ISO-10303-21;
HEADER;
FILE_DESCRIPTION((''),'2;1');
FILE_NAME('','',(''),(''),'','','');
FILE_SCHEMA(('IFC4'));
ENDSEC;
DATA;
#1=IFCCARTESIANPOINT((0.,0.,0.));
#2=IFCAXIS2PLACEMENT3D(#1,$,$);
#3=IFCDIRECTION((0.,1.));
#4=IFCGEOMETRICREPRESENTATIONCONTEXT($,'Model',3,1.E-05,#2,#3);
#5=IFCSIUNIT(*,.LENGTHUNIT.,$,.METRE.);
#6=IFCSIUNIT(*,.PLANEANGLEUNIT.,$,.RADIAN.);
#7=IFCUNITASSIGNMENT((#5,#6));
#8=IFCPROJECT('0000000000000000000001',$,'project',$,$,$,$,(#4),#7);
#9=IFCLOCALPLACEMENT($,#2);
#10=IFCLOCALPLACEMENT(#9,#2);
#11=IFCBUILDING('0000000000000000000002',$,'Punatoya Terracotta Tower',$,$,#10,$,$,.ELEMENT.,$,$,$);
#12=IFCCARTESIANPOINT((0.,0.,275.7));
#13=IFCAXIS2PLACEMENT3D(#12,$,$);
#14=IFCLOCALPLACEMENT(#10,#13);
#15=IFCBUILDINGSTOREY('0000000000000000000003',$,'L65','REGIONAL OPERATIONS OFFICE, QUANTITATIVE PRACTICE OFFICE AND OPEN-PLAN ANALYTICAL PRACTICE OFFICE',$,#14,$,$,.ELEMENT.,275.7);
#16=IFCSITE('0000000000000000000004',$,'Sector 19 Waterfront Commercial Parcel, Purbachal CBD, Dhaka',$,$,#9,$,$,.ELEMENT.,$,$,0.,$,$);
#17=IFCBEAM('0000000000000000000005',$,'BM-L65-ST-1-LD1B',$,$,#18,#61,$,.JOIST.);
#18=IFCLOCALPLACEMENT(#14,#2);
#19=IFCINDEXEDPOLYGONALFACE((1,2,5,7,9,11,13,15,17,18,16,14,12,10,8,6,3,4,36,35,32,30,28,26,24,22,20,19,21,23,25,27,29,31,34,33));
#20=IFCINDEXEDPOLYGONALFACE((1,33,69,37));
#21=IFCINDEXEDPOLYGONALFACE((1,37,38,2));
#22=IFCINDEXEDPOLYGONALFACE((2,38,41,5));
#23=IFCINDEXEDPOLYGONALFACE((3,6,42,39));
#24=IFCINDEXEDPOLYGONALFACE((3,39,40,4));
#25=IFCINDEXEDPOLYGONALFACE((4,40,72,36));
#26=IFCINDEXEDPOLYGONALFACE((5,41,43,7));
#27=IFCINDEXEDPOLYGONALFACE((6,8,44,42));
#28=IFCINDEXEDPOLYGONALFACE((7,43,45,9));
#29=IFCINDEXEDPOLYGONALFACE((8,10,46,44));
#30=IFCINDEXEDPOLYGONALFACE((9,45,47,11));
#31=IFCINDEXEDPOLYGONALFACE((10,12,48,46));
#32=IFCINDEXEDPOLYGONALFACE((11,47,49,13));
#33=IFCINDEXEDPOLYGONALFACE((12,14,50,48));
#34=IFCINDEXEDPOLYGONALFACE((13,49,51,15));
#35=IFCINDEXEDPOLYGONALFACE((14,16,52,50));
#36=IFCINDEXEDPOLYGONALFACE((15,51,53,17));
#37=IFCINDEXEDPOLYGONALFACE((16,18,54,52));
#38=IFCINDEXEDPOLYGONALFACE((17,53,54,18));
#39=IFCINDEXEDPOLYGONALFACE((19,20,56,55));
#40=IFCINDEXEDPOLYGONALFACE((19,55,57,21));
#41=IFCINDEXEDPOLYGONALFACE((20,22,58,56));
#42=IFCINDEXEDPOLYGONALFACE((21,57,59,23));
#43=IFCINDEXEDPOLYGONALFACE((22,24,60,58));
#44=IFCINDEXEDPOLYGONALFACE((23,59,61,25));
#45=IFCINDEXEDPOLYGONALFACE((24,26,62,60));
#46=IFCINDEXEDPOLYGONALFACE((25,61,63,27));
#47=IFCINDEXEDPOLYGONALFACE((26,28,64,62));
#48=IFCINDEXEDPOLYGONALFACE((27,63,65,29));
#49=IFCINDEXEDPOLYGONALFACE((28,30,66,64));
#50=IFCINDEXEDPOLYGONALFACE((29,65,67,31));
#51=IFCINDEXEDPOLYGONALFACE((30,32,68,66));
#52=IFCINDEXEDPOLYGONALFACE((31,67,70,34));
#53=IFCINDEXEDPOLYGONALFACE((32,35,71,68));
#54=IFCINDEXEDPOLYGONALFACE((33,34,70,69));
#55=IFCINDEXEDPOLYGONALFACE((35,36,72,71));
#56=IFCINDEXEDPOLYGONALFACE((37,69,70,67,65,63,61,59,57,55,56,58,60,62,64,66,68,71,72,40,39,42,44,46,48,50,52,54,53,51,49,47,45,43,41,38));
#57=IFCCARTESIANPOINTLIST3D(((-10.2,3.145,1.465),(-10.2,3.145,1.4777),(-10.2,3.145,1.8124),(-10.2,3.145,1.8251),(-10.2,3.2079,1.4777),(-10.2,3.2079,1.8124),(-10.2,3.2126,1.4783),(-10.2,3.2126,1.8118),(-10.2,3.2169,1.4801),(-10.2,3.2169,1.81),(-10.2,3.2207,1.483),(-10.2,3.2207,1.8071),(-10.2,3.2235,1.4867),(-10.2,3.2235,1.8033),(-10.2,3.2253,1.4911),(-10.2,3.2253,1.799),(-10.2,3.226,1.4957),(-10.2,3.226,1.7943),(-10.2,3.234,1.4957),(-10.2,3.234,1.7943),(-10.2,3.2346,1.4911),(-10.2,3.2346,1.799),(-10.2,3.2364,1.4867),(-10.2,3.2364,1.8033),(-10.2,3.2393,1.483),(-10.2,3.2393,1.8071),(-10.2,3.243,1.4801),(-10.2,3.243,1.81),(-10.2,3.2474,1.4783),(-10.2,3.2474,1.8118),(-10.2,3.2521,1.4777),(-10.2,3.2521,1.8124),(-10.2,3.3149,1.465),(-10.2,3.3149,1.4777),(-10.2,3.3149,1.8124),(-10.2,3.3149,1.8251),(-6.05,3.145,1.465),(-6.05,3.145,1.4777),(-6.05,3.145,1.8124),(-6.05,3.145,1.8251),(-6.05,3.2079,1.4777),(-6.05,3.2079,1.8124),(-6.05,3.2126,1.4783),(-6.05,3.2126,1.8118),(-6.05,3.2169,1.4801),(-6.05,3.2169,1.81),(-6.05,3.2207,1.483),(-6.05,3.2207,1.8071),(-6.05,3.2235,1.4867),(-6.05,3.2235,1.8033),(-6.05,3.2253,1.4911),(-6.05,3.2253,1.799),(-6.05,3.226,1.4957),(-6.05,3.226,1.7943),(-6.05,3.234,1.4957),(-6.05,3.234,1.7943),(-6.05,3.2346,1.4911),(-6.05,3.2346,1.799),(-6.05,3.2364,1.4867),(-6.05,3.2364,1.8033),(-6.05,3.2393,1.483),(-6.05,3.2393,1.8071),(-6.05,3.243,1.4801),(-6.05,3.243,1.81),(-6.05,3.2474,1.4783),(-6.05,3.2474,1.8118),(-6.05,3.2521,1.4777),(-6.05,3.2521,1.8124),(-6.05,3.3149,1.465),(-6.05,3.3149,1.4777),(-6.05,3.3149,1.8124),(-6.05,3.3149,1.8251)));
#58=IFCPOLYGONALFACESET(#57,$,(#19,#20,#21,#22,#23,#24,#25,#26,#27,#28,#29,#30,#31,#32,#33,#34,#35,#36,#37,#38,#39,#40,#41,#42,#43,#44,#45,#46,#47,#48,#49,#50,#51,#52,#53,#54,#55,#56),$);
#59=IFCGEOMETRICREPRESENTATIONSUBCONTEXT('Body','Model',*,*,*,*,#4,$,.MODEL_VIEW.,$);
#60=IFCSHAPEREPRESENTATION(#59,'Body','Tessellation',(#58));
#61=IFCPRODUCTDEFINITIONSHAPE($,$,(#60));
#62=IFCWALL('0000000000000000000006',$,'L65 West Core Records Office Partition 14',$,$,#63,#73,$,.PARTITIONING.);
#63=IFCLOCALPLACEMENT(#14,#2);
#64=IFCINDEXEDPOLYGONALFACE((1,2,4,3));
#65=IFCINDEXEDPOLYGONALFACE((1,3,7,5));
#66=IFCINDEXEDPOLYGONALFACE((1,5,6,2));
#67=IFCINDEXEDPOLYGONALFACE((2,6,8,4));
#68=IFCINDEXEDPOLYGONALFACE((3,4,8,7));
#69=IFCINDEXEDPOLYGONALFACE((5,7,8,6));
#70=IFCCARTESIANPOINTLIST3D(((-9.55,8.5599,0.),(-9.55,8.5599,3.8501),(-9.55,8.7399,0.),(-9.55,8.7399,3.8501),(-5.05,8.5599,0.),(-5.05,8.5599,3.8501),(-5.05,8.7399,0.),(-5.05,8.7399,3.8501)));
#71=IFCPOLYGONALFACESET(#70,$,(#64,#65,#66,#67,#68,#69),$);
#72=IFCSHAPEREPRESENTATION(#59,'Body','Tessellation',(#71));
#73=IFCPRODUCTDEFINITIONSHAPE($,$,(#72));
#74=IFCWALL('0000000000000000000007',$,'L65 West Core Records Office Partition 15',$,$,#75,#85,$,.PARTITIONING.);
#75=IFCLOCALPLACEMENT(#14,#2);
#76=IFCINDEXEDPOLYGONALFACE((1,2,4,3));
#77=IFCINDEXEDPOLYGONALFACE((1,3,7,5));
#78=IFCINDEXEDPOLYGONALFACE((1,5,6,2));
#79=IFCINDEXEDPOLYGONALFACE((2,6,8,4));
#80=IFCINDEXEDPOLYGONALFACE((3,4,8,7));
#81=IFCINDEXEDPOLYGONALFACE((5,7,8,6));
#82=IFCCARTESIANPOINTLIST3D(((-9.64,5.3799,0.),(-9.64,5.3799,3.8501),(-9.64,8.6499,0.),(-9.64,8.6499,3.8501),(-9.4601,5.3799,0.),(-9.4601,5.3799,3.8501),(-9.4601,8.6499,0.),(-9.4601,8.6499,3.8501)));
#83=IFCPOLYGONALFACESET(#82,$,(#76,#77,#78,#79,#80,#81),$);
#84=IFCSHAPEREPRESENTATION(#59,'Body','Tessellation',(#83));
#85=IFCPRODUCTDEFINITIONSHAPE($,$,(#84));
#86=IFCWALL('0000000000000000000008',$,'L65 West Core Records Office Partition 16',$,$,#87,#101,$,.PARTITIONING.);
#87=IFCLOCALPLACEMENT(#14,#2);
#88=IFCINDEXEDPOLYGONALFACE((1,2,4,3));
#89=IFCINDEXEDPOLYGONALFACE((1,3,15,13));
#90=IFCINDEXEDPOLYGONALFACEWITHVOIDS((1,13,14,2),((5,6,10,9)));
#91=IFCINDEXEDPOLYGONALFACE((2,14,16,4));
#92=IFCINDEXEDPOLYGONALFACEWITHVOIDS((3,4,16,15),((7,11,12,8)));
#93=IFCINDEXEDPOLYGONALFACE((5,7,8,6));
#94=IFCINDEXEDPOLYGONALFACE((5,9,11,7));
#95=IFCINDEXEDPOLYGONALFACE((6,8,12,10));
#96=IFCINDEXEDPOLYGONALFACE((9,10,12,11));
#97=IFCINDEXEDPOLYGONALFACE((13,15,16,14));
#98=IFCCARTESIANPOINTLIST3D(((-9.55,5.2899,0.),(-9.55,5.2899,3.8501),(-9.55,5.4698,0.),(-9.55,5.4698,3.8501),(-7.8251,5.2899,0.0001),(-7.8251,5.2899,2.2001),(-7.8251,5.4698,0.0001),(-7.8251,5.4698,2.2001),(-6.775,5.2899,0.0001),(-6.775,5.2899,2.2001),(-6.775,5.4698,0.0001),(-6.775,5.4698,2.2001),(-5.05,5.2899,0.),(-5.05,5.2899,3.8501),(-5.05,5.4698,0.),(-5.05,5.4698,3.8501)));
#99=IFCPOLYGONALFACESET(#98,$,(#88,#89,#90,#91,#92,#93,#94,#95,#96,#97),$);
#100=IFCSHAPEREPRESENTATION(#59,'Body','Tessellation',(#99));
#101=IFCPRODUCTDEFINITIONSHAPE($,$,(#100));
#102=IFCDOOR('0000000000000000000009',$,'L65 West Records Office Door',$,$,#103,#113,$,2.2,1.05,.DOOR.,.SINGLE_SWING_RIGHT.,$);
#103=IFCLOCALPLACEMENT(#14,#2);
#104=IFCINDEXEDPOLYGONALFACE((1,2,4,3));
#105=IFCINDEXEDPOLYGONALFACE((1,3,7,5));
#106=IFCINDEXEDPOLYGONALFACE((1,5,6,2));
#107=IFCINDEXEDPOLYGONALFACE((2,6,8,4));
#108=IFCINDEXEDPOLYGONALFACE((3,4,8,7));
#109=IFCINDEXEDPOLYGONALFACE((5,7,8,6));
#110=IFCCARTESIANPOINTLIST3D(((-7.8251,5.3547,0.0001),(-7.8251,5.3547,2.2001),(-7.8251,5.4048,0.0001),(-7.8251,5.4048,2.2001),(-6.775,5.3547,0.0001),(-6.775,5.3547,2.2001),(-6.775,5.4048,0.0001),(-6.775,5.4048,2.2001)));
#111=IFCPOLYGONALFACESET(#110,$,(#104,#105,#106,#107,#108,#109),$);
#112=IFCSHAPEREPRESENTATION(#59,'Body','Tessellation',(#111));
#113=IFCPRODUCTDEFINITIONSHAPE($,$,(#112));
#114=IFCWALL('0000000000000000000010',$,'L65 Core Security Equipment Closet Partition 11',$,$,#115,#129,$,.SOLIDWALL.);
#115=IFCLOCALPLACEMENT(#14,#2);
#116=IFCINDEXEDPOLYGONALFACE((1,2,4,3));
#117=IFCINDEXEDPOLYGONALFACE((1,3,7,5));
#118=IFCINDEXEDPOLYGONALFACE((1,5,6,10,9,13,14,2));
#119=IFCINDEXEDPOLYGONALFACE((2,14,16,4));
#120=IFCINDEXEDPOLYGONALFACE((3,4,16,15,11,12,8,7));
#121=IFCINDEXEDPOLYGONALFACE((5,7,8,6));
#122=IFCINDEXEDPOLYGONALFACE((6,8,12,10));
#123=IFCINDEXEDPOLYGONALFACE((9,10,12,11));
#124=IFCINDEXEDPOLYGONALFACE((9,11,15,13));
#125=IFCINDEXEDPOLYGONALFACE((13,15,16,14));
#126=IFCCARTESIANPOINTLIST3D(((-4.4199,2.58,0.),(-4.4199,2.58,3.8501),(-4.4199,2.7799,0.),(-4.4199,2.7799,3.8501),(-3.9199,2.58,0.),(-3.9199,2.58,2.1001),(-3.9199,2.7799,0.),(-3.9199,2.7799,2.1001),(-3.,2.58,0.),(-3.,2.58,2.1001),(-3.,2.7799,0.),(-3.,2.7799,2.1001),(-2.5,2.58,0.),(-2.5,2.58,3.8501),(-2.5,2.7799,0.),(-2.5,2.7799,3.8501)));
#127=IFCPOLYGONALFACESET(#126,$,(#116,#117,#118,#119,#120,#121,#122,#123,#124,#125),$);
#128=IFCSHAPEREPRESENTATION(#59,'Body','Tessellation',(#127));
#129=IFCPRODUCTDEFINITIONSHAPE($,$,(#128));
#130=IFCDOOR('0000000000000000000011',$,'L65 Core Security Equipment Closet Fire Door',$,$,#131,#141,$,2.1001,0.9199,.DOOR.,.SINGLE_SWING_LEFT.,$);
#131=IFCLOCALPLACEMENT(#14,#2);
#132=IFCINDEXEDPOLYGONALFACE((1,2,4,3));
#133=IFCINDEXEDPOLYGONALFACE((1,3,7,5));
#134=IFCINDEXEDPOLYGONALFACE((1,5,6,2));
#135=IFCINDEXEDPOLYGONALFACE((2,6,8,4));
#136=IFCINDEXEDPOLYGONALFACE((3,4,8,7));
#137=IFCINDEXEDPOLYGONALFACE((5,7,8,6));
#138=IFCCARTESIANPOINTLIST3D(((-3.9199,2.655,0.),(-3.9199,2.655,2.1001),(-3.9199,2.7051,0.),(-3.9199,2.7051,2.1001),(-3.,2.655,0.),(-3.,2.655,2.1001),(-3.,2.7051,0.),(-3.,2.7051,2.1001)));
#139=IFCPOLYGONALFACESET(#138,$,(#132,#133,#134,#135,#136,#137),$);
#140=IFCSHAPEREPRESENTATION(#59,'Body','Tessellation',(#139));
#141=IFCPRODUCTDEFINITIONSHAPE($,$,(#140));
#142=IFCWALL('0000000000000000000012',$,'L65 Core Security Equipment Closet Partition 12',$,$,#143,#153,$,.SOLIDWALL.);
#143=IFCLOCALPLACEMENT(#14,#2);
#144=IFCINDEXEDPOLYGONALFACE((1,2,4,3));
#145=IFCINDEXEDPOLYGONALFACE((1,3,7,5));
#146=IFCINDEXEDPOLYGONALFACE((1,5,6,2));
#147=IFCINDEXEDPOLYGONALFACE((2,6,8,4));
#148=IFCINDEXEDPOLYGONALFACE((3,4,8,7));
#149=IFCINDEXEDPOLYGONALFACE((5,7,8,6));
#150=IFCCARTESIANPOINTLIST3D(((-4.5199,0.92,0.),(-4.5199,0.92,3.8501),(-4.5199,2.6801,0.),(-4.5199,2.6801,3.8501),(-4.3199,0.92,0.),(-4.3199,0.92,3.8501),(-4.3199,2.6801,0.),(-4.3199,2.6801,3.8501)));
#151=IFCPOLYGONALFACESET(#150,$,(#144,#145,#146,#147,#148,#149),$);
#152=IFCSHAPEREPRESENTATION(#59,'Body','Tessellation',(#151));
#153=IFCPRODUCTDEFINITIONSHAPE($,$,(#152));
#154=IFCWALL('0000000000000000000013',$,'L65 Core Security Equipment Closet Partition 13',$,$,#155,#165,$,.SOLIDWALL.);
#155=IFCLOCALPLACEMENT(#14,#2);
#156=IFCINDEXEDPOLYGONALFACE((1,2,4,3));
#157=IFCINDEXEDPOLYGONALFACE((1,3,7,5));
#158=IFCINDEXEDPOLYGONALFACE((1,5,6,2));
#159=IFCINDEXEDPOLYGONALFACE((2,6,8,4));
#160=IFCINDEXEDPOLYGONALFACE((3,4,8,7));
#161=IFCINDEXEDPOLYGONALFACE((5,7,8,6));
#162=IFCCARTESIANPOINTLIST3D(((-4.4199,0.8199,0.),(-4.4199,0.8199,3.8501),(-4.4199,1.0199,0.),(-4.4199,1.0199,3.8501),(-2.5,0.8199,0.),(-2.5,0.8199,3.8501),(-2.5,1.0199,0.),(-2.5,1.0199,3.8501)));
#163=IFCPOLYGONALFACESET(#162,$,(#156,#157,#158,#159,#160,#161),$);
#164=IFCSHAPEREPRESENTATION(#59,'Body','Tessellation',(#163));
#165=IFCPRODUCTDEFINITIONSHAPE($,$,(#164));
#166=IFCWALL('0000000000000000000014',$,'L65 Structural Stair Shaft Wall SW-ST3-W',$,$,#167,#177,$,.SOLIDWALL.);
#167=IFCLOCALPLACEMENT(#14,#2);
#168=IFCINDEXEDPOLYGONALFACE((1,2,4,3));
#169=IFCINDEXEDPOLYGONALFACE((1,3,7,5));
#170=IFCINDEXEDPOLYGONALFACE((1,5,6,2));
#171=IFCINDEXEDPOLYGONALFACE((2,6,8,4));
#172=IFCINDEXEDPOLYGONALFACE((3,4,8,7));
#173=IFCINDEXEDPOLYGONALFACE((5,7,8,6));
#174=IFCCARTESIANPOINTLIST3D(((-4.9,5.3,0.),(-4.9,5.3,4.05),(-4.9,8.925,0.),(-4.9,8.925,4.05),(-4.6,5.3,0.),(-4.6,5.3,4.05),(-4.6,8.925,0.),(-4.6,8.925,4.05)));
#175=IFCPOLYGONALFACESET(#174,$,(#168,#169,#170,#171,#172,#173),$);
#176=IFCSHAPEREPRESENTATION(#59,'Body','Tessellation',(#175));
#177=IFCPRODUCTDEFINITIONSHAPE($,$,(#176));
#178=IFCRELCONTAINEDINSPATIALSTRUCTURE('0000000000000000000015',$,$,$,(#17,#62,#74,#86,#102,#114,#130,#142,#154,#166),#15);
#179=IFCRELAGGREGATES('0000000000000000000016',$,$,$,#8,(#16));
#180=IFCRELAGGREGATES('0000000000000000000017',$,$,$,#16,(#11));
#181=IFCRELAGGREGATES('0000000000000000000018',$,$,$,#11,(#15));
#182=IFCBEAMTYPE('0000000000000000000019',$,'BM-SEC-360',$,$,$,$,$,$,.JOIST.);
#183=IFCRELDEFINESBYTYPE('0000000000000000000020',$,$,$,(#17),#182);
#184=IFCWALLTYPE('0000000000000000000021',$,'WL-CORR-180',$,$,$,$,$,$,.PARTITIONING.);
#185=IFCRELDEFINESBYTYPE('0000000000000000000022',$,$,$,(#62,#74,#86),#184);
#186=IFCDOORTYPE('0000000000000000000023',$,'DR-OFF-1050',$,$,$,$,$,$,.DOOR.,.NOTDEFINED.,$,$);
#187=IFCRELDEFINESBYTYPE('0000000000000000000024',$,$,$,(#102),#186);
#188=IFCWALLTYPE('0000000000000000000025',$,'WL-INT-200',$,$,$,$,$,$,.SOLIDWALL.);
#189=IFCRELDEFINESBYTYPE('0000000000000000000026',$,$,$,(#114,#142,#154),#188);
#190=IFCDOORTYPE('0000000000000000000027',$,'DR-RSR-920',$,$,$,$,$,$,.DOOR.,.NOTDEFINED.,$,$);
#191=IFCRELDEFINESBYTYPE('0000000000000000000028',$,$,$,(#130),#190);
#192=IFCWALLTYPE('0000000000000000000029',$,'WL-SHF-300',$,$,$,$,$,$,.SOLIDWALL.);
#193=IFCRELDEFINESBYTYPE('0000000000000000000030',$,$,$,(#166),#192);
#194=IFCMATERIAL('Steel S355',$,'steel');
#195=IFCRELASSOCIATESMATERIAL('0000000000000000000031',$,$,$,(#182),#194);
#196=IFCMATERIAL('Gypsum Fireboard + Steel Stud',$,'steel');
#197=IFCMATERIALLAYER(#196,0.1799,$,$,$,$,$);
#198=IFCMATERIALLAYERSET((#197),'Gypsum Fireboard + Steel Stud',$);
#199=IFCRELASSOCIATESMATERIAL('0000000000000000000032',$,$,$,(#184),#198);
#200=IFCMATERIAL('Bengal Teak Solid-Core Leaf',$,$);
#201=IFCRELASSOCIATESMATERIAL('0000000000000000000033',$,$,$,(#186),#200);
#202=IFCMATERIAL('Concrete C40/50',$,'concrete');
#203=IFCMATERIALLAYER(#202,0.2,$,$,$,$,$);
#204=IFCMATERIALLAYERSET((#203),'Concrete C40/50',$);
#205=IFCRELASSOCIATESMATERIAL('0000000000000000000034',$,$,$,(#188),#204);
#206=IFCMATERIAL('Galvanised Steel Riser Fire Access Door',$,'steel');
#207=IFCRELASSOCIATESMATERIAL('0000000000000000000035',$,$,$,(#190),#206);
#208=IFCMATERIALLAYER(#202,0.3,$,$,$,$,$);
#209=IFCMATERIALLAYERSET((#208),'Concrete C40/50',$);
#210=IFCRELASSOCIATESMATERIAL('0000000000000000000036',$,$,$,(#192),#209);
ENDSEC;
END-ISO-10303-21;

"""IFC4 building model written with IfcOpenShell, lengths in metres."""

from ifc_helpers import new_model, si_unit, direction, frame, frame_2d, origin, origin_2d, place, context, subcontext, project, spatial, rectangle, i_section, extrude, material, layer, layer_set, material_profile, profile_set, type_object, element, fill, save


model = new_model("IFC4")

# Units and contexts
model_context = context("Model", 3, precision=1e-05, world=origin(), true_north=direction((0.0, 1.0)))
body_context = subcontext(model_context, "Body", "Model", "MODEL_VIEW")
ifc_project = project(units=[si_unit("LENGTHUNIT", "METRE"), si_unit("PLANEANGLEUNIT", "RADIAN")], contexts=[model_context])

# Site, building, storey
site_placement = place(None, origin())
site = spatial("IfcSite", under=ifc_project, at=site_placement, Name="Sector 19 Waterfront Commercial Parcel, Purbachal CBD, Dhaka", CompositionType="ELEMENT", RefElevation=0.0)
building_placement = place(site_placement, origin())
building = spatial("IfcBuilding", under=site, at=building_placement, Name="Punatoya Terracotta Tower", CompositionType="ELEMENT")
storey_placement = place(building_placement, frame((0.0, 0.0, 275.7)))
storey = spatial("IfcBuildingStorey", under=building, at=storey_placement, Name="L65", Description="REGIONAL OPERATIONS OFFICE, QUANTITATIVE PRACTICE OFFICE AND OPEN-PLAN ANALYTICAL PRACTICE OFFICE", CompositionType="ELEMENT", Elevation=275.7)

# Beam
ifc_material_1 = material(Name="Steel S355", Category="steel")
ifc_material_profile_1 = material_profile(ifc_material_1, i_section(OverallWidth=0.1699, OverallDepth=0.3601, WebThickness=0.0081, FlangeThickness=0.0127, FilletRadius=0.0181, at=origin_2d()))
ifc_profile_set_1 = profile_set([ifc_material_profile_1], Name="Steel S355")
beam_type_1 = type_object("IfcBeamType", Name="BM-SEC-360", PredefinedType="JOIST", material=ifc_profile_set_1)
for number, where, z_axis, x_axis, name in (
    (1, (-10.2, 3.23, 1.645), (1.0, 0.0, 0.0), (0.0, 1.0, 0.0), "BM-L65-ST-1-LD1B"),
):
    element("IfcBeam", number, at=place(storey_placement, frame(where, z_axis=z_axis, x_axis=x_axis)), inside=storey, type_object=beam_type_1, Name=name, PredefinedType="JOIST", context=body_context, shape_type="SweptSolid", body=[
        extrude(i_section(OverallWidth=0.1699, OverallDepth=0.3601, WebThickness=0.0081, FlangeThickness=0.0127, FilletRadius=0.0181, at=origin_2d()), origin(), (0.0, 0.0, 1.0), 4.1499),
    ])

# Walls
ifc_material_2 = material(Name="Gypsum Fireboard + Steel Stud", Category="steel")
ifc_layer_1 = layer(ifc_material_2, 0.1799)
ifc_layer_set_1 = layer_set([ifc_layer_1], Name="Gypsum Fireboard + Steel Stud")
wall_type_1 = type_object("IfcWallType", Name="WL-CORR-180", PredefinedType="PARTITIONING", material=ifc_layer_set_1)
wall_1_placement = place(storey_placement, frame((-5.05, 8.6499, 0.0), z_axis=(0.0, 0.0, 1.0), x_axis=(-1.0, 0.0, 0.0)))
element("IfcWall", 2, at=wall_1_placement, inside=storey, type_object=wall_type_1, Name="L65 West Core Records Office Partition 14", PredefinedType="PARTITIONING", context=body_context, shape_type="SweptSolid", body=[
    extrude(rectangle(XDim=4.5, YDim=0.1799, at=frame_2d((2.25, 0.0))), origin(), (0.0, 0.0, 1.0), 3.8501),
])
wall_2_placement = place(storey_placement, frame((-9.55, 8.6499, 0.0), z_axis=(0.0, 0.0, 1.0), x_axis=(0.0, -1.0, 0.0)))
element("IfcWall", 3, at=wall_2_placement, inside=storey, type_object=wall_type_1, Name="L65 West Core Records Office Partition 15", PredefinedType="PARTITIONING", context=body_context, shape_type="SweptSolid", body=[
    extrude(rectangle(XDim=3.27, YDim=0.1799, at=frame_2d((1.635, 0.0))), origin(), (0.0, 0.0, 1.0), 3.8501),
])

# Walls, openings, doors
wall_3_placement = place(storey_placement, frame((-9.55, 5.3799, 0.0), z_axis=(0.0, 0.0, 1.0), x_axis=(1.0, 0.0, 0.0)))
wall_3 = element("IfcWall", 4, at=wall_3_placement, inside=storey, type_object=wall_type_1, Name="L65 West Core Records Office Partition 16", PredefinedType="PARTITIONING", context=body_context, shape_type="SweptSolid", body=[
    extrude(rectangle(XDim=4.5, YDim=0.1799, at=frame_2d((2.25, 0.0))), origin(), (0.0, 0.0, 1.0), 3.8501),
])
opening_1_placement = place(wall_3_placement, frame((1.7251, 0.0, 0.0)))
opening_1 = element("IfcOpeningElement", 5, at=opening_1_placement, cuts=wall_3, PredefinedType="OPENING", context=body_context, shape_type="SweptSolid", body=[
    extrude(rectangle(XDim=1.05, YDim=2.2, at=frame_2d((0.5249, 1.1001))), frame((0.0, 0.0999, 0.0), z_axis=(0.0, -1.0, 0.0), x_axis=(1.0, 0.0, 0.0)), (0.0, 0.0, 1.0), 0.2),
])
ifc_material_3 = material(Name="Bengal Teak Solid-Core Leaf")
door_type_1 = type_object("IfcDoorType", Name="DR-OFF-1050", OperationType="NOTDEFINED", PredefinedType="DOOR", material=ifc_material_3)
door_1_placement = place(opening_1_placement, origin())
door_1 = element("IfcDoor", 6, at=door_1_placement, inside=storey, type_object=door_type_1, Name="L65 West Records Office Door", OperationType="SINGLE_SWING_RIGHT", OverallHeight=2.2, OverallWidth=1.05, PredefinedType="DOOR", context=body_context, shape_type="SweptSolid", body=[
    extrude(rectangle(XDim=1.05, YDim=2.2, at=frame_2d((0.5249, 1.1001))), frame((0.0, 0.0249, 0.0), z_axis=(0.0, -1.0, 0.0), x_axis=(1.0, 0.0, 0.0)), (0.0, 0.0, 1.0), 0.05),
])
fill(opening_1, door_1)
ifc_material_4 = material(Name="Concrete C40/50", Category="concrete")
ifc_layer_2 = layer(ifc_material_4, 0.2)
ifc_layer_set_2 = layer_set([ifc_layer_2], Name="Concrete C40/50")
wall_type_2 = type_object("IfcWallType", Name="WL-INT-200", PredefinedType="SOLIDWALL", material=ifc_layer_set_2)
wall_4_placement = place(storey_placement, frame((-2.5, 2.6799, 0.0), z_axis=(0.0, 0.0, 1.0), x_axis=(-1.0, 0.0, 0.0)))
wall_4 = element("IfcWall", 7, at=wall_4_placement, inside=storey, type_object=wall_type_2, Name="L65 Core Security Equipment Closet Partition 11", PredefinedType="SOLIDWALL", context=body_context, shape_type="SweptSolid", body=[
    extrude(rectangle(XDim=1.9199, YDim=0.2, at=frame_2d((0.96, 0.0))), origin(), (0.0, 0.0, 1.0), 3.8501),
])
opening_2_placement = place(wall_4_placement, frame((0.5, 0.0, 0.0)))
opening_2 = element("IfcOpeningElement", 8, at=opening_2_placement, cuts=wall_4, PredefinedType="OPENING", context=body_context, shape_type="SweptSolid", body=[
    extrude(rectangle(XDim=0.9199, YDim=2.1001, at=frame_2d((0.46, 1.05))), frame((0.0, 0.1099, 0.0), z_axis=(0.0, -1.0, 0.0), x_axis=(1.0, 0.0, 0.0)), (0.0, 0.0, 1.0), 0.22),
])
ifc_material_5 = material(Name="Galvanised Steel Riser Fire Access Door", Category="steel")
door_type_2 = type_object("IfcDoorType", Name="DR-RSR-920", OperationType="NOTDEFINED", PredefinedType="DOOR", material=ifc_material_5)
door_2_placement = place(opening_2_placement, origin())
door_2 = element("IfcDoor", 9, at=door_2_placement, inside=storey, type_object=door_type_2, Name="L65 Core Security Equipment Closet Fire Door", OperationType="SINGLE_SWING_LEFT", OverallHeight=2.1001, OverallWidth=0.9199, PredefinedType="DOOR", context=body_context, shape_type="SweptSolid", body=[
    extrude(rectangle(XDim=0.9199, YDim=2.1001, at=frame_2d((0.46, 1.05))), frame((0.0, 0.0249, 0.0), z_axis=(0.0, -1.0, 0.0), x_axis=(1.0, 0.0, 0.0)), (0.0, 0.0, 1.0), 0.05),
])
fill(opening_2, door_2)

# Walls
wall_5_placement = place(storey_placement, frame((-4.4199, 2.6799, 0.0), z_axis=(0.0, 0.0, 1.0), x_axis=(0.0, -1.0, 0.0)))
element("IfcWall", 10, at=wall_5_placement, inside=storey, type_object=wall_type_2, Name="L65 Core Security Equipment Closet Partition 12", PredefinedType="SOLIDWALL", context=body_context, shape_type="SweptSolid", body=[
    extrude(rectangle(XDim=1.76, YDim=0.2, at=frame_2d((0.8799, 0.0))), origin(), (0.0, 0.0, 1.0), 3.8501),
])
wall_6_placement = place(storey_placement, frame((-4.4199, 0.9199, 0.0), z_axis=(0.0, 0.0, 1.0), x_axis=(1.0, 0.0, 0.0)))
element("IfcWall", 11, at=wall_6_placement, inside=storey, type_object=wall_type_2, Name="L65 Core Security Equipment Closet Partition 13", PredefinedType="SOLIDWALL", context=body_context, shape_type="SweptSolid", body=[
    extrude(rectangle(XDim=1.9199, YDim=0.2, at=frame_2d((0.96, 0.0))), origin(), (0.0, 0.0, 1.0), 3.8501),
])
ifc_layer_3 = layer(ifc_material_4, 0.3)
ifc_layer_set_3 = layer_set([ifc_layer_3], Name="Concrete C40/50")
wall_type_3 = type_object("IfcWallType", Name="WL-SHF-300", PredefinedType="SOLIDWALL", material=ifc_layer_set_3)
wall_7_placement = place(storey_placement, frame((-4.75, 5.3, 0.0), z_axis=(0.0, 0.0, 1.0), x_axis=(0.0, 1.0, 0.0)))
element("IfcWall", 12, at=wall_7_placement, inside=storey, type_object=wall_type_3, Name="L65 Structural Stair Shaft Wall SW-ST3-W", PredefinedType="SOLIDWALL", context=body_context, shape_type="SweptSolid", body=[
    extrude(rectangle(XDim=3.625, YDim=0.3, at=frame_2d((1.8125, 0.0))), origin(), (0.0, 0.0, 1.0), 4.05),
])

save(model, "model.ifc")
